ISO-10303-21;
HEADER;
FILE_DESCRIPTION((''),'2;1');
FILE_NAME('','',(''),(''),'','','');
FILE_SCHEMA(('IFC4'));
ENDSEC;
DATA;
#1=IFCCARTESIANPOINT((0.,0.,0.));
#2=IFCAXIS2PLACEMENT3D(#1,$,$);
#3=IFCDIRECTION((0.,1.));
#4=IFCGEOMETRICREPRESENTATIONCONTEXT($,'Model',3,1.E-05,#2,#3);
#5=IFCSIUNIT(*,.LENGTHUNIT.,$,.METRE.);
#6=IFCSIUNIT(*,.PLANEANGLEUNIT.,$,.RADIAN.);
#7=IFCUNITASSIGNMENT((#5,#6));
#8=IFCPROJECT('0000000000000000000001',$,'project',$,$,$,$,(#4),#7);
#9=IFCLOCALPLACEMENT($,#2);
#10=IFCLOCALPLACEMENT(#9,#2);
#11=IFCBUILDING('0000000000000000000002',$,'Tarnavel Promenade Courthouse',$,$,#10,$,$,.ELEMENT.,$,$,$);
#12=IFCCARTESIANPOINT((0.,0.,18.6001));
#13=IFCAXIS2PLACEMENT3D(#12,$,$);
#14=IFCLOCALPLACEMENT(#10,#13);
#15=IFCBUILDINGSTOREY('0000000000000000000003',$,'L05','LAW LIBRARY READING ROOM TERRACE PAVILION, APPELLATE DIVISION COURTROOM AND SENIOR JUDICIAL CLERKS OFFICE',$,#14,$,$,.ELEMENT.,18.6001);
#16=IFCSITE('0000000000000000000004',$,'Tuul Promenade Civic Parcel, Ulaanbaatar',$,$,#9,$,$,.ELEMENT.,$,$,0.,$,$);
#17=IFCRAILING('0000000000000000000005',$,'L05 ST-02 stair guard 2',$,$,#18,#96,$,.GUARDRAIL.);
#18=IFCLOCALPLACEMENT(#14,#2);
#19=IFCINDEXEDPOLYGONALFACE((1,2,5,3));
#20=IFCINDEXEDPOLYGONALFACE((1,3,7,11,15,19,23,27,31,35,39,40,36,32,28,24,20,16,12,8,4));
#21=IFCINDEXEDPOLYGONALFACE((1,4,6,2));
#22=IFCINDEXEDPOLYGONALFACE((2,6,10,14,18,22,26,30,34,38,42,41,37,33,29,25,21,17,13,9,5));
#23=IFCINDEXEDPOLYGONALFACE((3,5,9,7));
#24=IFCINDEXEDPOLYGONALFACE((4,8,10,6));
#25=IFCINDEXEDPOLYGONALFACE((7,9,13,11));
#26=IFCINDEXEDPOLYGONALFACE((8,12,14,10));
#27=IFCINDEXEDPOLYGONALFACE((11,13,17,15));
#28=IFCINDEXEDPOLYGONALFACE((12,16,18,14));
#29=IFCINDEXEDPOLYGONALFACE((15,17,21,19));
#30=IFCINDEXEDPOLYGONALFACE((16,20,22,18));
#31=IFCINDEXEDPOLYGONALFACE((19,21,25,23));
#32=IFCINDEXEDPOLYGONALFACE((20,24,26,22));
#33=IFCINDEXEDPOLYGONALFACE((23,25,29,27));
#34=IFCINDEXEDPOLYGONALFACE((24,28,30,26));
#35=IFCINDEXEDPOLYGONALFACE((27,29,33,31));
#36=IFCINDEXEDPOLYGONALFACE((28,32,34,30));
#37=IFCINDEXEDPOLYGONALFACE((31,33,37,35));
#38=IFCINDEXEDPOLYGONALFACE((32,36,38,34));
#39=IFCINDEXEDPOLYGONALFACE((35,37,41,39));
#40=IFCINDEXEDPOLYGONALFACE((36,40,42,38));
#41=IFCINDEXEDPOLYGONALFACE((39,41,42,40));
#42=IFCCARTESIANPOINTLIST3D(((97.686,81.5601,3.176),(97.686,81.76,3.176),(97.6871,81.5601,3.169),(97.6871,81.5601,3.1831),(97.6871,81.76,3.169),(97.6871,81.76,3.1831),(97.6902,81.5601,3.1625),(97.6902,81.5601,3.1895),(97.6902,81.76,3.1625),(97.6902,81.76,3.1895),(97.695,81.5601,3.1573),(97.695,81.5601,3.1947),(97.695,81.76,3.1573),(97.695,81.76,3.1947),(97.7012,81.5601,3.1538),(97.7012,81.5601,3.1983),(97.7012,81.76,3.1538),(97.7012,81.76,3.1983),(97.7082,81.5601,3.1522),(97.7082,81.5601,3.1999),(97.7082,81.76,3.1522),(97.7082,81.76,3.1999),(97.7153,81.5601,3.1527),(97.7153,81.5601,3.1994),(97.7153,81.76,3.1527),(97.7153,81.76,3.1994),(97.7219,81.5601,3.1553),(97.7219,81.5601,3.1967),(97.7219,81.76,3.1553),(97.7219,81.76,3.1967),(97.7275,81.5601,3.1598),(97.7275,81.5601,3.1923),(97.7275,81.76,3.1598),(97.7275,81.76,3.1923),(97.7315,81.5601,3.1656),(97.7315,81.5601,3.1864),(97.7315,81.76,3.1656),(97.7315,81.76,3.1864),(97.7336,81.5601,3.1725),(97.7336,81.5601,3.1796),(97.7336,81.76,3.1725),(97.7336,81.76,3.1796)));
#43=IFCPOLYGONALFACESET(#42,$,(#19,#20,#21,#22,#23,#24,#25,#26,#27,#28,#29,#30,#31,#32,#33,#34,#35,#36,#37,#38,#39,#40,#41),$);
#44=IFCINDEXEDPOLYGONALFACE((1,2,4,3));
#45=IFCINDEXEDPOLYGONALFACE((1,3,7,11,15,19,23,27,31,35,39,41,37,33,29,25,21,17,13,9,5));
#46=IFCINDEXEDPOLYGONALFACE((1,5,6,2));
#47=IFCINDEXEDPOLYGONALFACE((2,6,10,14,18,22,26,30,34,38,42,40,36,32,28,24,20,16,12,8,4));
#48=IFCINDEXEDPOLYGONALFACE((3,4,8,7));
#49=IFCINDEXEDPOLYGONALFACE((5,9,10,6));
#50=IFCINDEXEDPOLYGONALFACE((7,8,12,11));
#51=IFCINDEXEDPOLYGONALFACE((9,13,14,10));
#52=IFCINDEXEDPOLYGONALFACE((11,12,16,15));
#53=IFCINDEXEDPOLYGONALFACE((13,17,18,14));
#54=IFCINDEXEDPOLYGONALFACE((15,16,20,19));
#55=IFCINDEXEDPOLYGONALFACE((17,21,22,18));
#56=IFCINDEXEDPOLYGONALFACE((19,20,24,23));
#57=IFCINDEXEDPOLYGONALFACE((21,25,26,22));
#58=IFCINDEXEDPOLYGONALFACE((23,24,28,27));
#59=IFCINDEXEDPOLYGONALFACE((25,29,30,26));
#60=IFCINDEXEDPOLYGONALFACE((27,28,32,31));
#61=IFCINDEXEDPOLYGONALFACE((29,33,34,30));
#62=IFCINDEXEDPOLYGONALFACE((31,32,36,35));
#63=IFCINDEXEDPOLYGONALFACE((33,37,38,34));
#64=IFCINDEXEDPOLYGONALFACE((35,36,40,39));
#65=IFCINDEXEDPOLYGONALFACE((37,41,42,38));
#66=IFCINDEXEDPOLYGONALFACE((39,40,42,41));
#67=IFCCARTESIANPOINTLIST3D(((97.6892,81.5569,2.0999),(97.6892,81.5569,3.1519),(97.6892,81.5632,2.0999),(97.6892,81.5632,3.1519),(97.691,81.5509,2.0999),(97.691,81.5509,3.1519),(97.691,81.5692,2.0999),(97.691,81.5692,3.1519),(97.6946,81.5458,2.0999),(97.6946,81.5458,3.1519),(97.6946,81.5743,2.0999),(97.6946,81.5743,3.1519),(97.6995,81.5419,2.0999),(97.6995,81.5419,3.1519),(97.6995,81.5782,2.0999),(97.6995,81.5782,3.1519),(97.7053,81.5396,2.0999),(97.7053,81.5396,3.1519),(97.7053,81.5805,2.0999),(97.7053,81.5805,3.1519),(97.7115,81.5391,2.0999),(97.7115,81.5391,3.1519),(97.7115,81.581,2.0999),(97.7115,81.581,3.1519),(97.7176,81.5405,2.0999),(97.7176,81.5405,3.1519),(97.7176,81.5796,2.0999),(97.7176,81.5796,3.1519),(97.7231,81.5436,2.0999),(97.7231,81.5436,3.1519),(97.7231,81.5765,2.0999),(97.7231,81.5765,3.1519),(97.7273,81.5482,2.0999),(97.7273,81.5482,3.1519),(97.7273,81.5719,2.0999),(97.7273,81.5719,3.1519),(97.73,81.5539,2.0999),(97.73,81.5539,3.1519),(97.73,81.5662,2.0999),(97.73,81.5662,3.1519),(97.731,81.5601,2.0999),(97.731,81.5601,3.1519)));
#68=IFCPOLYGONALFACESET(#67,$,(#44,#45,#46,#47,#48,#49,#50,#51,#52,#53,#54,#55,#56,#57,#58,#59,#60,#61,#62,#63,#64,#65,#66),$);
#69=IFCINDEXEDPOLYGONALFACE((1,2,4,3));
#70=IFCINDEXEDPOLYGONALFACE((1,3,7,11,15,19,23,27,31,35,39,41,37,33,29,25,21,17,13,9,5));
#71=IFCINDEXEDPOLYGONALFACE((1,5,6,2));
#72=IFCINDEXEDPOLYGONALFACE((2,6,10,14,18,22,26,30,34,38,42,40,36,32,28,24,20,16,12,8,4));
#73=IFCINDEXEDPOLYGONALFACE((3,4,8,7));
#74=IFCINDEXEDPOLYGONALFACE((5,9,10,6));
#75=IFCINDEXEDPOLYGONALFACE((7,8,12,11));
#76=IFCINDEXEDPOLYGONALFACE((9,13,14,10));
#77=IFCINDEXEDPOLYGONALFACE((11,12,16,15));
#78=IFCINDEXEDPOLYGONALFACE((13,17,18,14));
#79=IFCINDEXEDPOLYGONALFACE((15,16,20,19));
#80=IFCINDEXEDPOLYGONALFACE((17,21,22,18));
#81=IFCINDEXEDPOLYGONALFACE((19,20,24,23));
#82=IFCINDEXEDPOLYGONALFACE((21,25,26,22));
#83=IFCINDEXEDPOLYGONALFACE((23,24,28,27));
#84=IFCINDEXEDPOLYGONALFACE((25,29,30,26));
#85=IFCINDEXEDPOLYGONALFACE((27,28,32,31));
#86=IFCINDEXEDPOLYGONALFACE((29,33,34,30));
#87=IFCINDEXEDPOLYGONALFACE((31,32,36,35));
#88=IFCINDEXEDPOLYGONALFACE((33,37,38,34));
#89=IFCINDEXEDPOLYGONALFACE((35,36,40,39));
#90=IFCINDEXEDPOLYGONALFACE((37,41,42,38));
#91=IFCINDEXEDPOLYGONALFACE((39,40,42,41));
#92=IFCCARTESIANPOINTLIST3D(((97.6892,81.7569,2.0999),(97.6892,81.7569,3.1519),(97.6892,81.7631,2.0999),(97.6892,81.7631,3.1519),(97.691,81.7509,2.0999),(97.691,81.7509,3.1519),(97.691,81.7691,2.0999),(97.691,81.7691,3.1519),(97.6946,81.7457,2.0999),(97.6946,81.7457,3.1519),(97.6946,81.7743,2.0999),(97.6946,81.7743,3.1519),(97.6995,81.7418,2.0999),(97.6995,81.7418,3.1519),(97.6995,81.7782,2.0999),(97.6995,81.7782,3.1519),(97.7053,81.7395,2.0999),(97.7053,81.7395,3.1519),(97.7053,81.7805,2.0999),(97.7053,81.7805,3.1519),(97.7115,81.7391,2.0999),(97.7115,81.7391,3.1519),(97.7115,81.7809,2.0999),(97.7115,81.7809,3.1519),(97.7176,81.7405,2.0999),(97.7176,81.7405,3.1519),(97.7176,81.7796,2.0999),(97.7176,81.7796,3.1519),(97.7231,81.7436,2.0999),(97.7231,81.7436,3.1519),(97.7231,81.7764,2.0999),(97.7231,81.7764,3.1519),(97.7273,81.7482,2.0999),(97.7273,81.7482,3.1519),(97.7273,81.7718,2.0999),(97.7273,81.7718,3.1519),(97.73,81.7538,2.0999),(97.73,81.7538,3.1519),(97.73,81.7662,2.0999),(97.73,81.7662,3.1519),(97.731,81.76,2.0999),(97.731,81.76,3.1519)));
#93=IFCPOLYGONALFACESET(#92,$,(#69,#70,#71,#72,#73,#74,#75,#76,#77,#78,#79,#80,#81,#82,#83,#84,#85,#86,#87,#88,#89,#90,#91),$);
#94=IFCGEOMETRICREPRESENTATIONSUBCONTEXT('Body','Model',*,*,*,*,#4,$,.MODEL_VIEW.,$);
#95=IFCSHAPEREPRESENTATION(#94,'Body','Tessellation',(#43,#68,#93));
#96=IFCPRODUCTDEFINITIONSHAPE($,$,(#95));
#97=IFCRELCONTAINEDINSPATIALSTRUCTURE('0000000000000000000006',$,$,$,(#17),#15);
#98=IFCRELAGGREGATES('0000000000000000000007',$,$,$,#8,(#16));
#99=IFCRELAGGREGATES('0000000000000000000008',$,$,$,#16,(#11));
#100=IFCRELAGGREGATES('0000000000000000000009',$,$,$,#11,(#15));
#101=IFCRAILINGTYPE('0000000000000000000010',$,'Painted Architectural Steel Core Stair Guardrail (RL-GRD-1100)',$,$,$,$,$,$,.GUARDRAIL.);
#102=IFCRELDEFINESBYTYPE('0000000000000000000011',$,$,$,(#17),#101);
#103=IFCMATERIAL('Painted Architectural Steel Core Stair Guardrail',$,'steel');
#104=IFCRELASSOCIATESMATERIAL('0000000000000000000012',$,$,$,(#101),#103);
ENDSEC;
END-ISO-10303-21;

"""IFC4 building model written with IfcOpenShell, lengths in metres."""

from ifc_helpers import new_model, si_unit, direction, frame, origin, origin_2d, place, context, subcontext, project, spatial, circle, extrude, material, type_object, element, save


model = new_model("IFC4")

# Units and contexts
model_context = context("Model", 3, precision=1e-05, world=origin(), true_north=direction((0.0, 1.0)))
body_context = subcontext(model_context, "Body", "Model", "MODEL_VIEW")
ifc_project = project(units=[si_unit("LENGTHUNIT", "METRE"), si_unit("PLANEANGLEUNIT", "RADIAN")], contexts=[model_context])

# Site, building, storey
site_placement = place(None, origin())
site = spatial("IfcSite", under=ifc_project, at=site_placement, Name="Tuul Promenade Civic Parcel, Ulaanbaatar", CompositionType="ELEMENT", RefElevation=0.0)
building_placement = place(site_placement, origin())
building = spatial("IfcBuilding", under=site, at=building_placement, Name="Tarnavel Promenade Courthouse", CompositionType="ELEMENT")
storey_placement = place(building_placement, frame((0.0, 0.0, 18.6001)))
storey = spatial("IfcBuildingStorey", under=building, at=storey_placement, Name="L05", Description="LAW LIBRARY READING ROOM TERRACE PAVILION, APPELLATE DIVISION COURTROOM AND SENIOR JUDICIAL CLERKS OFFICE", CompositionType="ELEMENT", Elevation=18.6001)

# Railing
ifc_material_1 = material(Name="Painted Architectural Steel Core Stair Guardrail", Category="steel")
railing_type_1 = type_object("IfcRailingType", Name="Painted Architectural Steel Core Stair Guardrail (RL-GRD-1100)", PredefinedType="GUARDRAIL", material=ifc_material_1)
railing_1_placement = place(storey_placement, frame((97.71, 81.5601, 2.0999)))
element("IfcRailing", 1, at=railing_1_placement, inside=storey, type_object=railing_type_1, Name="L05 ST-02 stair guard 2", PredefinedType="GUARDRAIL", context=body_context, shape_type="SweptSolid", body=[
    extrude(circle(Radius=0.0239, at=origin_2d()), frame((0.0, 0.0, 1.0762), z_axis=(0.0, 1.0, 0.0), x_axis=(-1.0, 0.0, 0.0)), (0.0, 0.0, 1.0), 0.2),
    extrude(circle(Radius=0.021, at=origin_2d()), origin(), (0.0, 0.0, 1.0), 1.052),
    extrude(circle(Radius=0.021, at=origin_2d()), frame((0.0, 0.2, 0.0)), (0.0, 0.0, 1.0), 1.052),
])

save(model, "model.ifc")
